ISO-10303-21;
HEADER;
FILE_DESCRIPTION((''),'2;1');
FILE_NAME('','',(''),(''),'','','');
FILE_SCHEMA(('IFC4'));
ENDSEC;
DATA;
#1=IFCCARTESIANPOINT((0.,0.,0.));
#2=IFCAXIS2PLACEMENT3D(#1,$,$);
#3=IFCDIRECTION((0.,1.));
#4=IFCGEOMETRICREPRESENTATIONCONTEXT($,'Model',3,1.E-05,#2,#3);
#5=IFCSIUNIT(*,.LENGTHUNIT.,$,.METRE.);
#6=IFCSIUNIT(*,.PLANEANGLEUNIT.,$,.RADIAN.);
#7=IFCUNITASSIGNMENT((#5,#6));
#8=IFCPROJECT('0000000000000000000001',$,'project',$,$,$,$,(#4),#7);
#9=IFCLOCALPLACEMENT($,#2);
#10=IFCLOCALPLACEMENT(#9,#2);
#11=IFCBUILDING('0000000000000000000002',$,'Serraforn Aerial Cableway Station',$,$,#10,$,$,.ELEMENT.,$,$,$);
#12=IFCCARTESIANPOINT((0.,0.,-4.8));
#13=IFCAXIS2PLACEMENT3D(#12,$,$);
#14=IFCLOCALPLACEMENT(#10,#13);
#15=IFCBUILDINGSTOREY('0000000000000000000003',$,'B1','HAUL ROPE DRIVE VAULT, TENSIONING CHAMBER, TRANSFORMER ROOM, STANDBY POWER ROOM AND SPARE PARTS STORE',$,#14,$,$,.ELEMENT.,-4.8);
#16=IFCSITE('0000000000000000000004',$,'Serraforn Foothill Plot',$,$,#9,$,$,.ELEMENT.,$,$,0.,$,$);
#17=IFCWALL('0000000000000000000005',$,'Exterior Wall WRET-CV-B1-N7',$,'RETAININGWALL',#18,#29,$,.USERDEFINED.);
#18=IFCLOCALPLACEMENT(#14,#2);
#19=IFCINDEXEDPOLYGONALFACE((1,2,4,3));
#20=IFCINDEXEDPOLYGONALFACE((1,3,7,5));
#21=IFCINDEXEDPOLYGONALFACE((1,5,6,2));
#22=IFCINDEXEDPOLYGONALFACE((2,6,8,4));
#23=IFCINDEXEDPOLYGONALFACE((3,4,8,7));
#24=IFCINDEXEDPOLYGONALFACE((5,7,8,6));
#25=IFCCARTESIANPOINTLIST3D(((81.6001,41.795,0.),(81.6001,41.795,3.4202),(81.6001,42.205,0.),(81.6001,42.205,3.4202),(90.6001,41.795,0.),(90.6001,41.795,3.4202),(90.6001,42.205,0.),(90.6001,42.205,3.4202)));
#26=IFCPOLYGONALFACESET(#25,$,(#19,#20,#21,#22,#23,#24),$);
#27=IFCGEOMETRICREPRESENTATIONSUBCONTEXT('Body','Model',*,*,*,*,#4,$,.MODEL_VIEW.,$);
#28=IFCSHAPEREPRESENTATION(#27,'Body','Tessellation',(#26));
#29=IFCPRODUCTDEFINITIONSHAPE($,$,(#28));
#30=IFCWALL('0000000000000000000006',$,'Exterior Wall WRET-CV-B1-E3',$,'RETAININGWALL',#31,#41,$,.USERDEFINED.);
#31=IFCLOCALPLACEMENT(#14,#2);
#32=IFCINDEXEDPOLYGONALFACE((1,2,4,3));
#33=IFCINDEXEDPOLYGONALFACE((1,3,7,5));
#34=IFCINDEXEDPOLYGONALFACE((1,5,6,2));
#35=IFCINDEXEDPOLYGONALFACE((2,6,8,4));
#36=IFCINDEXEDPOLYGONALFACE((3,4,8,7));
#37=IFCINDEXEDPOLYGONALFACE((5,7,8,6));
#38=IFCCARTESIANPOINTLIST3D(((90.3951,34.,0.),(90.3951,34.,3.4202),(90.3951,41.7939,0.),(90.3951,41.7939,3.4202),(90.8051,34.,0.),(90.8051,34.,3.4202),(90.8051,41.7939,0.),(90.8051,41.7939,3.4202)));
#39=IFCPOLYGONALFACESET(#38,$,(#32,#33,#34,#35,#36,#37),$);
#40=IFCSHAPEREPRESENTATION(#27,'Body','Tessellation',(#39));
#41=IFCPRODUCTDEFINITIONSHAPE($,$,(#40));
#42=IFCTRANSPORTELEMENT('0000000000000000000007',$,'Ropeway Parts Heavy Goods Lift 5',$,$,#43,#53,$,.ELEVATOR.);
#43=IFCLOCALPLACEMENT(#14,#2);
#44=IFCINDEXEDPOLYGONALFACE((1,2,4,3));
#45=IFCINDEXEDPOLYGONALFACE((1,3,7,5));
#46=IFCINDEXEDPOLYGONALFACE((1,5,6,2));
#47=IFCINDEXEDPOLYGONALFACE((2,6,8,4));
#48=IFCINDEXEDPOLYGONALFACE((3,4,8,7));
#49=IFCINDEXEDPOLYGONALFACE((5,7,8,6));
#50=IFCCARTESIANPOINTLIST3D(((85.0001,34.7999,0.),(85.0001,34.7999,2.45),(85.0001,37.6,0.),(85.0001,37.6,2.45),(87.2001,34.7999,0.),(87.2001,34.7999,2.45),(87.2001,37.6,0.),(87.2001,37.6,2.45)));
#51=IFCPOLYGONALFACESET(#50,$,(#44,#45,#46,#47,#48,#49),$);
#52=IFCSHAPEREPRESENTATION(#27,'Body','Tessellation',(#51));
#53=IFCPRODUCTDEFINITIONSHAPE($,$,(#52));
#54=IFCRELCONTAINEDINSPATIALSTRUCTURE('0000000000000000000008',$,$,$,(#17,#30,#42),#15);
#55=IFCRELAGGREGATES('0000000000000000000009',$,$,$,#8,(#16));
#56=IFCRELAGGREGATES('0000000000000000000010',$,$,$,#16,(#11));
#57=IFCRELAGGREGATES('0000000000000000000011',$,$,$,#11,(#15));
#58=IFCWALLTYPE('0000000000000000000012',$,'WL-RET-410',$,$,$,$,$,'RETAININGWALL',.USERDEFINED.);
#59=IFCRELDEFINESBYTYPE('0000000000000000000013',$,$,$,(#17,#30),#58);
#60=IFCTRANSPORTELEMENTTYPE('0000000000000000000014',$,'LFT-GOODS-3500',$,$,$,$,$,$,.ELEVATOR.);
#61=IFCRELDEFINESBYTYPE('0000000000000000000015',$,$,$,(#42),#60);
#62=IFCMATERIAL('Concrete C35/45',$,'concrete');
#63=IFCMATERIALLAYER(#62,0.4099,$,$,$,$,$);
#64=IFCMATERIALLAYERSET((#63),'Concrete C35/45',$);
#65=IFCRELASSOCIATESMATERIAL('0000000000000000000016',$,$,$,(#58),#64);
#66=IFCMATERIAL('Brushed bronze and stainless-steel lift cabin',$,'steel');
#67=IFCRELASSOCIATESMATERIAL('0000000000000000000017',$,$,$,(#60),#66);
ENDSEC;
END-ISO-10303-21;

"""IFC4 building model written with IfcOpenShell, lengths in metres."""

from ifc_helpers import new_model, si_unit, direction, frame, frame_2d, origin, origin_2d, place, context, subcontext, project, spatial, rectangle, extrude, material, layer, layer_set, type_object, element, save


model = new_model("IFC4")

# Units and contexts
model_context = context("Model", 3, precision=1e-05, world=origin(), true_north=direction((0.0, 1.0)))
body_context = subcontext(model_context, "Body", "Model", "MODEL_VIEW")
ifc_project = project(units=[si_unit("LENGTHUNIT", "METRE"), si_unit("PLANEANGLEUNIT", "RADIAN")], contexts=[model_context])

# Site, building, storey
site_placement = place(None, origin())
site = spatial("IfcSite", under=ifc_project, at=site_placement, Name="Serraforn Foothill Plot", CompositionType="ELEMENT", RefElevation=0.0)
building_placement = place(site_placement, origin())
building = spatial("IfcBuilding", under=site, at=building_placement, Name="Serraforn Aerial Cableway Station", CompositionType="ELEMENT")
storey_placement = place(building_placement, frame((0.0, 0.0, -4.8)))
storey = spatial("IfcBuildingStorey", under=building, at=storey_placement, Name="B1", Description="HAUL ROPE DRIVE VAULT, TENSIONING CHAMBER, TRANSFORMER ROOM, STANDBY POWER ROOM AND SPARE PARTS STORE", CompositionType="ELEMENT", Elevation=-4.8)

# Shared definitions
ifc_material_1 = material(Name="Concrete C35/45", Category="concrete")

# Walls
ifc_layer_1 = layer(ifc_material_1, 0.4099)
ifc_layer_set_1 = layer_set([ifc_layer_1], Name="Concrete C35/45")
wall_type_1 = type_object("IfcWallType", Name="WL-RET-410", ElementType="RETAININGWALL", PredefinedType="USERDEFINED", material=ifc_layer_set_1)
wall_1_placement = place(storey_placement, frame((90.6001, 42.0, 0.0), z_axis=(0.0, 0.0, 1.0), x_axis=(-1.0, 0.0, 0.0)))
element("IfcWall", 1, at=wall_1_placement, inside=storey, type_object=wall_type_1, Name="Exterior Wall WRET-CV-B1-N7", ObjectType="RETAININGWALL", PredefinedType="USERDEFINED", context=body_context, shape_type="SweptSolid", body=[
    extrude(rectangle(XDim=9.0, YDim=0.4099, at=frame_2d((4.5, 0.0))), origin(), (0.0, 0.0, 1.0), 3.4202),
])
wall_2_placement = place(storey_placement, frame((90.6001, 34.0, 0.0), z_axis=(0.0, 0.0, 1.0), x_axis=(0.0, 1.0, 0.0)))
element("IfcWall", 2, at=wall_2_placement, inside=storey, type_object=wall_type_1, Name="Exterior Wall WRET-CV-B1-E3", ObjectType="RETAININGWALL", PredefinedType="USERDEFINED", context=body_context, shape_type="SweptSolid", body=[
    extrude(rectangle(XDim=7.7939, YDim=0.4099, at=frame_2d((3.897, 0.0))), origin(), (0.0, 0.0, 1.0), 3.4202),
])

# Transport element
ifc_material_2 = material(Name="Brushed bronze and stainless-steel lift cabin", Category="steel")
transport_element_type = type_object("IfcTransportElementType", Name="LFT-GOODS-3500", PredefinedType="ELEVATOR", material=ifc_material_2)
transport_element_placement = place(storey_placement, frame((86.1001, 36.2, 0.0), z_axis=(0.0, 0.0, 1.0), x_axis=(1.0, 0.0, 0.0)))
element("IfcTransportElement", 3, at=transport_element_placement, inside=storey, type_object=transport_element_type, Name="Ropeway Parts Heavy Goods Lift 5", PredefinedType="ELEVATOR", context=body_context, shape_type="SweptSolid", body=[
    extrude(rectangle(XDim=2.2, YDim=2.8, at=origin_2d()), origin(), (0.0, 0.0, 1.0), 2.45),
])

save(model, "model.ifc")
